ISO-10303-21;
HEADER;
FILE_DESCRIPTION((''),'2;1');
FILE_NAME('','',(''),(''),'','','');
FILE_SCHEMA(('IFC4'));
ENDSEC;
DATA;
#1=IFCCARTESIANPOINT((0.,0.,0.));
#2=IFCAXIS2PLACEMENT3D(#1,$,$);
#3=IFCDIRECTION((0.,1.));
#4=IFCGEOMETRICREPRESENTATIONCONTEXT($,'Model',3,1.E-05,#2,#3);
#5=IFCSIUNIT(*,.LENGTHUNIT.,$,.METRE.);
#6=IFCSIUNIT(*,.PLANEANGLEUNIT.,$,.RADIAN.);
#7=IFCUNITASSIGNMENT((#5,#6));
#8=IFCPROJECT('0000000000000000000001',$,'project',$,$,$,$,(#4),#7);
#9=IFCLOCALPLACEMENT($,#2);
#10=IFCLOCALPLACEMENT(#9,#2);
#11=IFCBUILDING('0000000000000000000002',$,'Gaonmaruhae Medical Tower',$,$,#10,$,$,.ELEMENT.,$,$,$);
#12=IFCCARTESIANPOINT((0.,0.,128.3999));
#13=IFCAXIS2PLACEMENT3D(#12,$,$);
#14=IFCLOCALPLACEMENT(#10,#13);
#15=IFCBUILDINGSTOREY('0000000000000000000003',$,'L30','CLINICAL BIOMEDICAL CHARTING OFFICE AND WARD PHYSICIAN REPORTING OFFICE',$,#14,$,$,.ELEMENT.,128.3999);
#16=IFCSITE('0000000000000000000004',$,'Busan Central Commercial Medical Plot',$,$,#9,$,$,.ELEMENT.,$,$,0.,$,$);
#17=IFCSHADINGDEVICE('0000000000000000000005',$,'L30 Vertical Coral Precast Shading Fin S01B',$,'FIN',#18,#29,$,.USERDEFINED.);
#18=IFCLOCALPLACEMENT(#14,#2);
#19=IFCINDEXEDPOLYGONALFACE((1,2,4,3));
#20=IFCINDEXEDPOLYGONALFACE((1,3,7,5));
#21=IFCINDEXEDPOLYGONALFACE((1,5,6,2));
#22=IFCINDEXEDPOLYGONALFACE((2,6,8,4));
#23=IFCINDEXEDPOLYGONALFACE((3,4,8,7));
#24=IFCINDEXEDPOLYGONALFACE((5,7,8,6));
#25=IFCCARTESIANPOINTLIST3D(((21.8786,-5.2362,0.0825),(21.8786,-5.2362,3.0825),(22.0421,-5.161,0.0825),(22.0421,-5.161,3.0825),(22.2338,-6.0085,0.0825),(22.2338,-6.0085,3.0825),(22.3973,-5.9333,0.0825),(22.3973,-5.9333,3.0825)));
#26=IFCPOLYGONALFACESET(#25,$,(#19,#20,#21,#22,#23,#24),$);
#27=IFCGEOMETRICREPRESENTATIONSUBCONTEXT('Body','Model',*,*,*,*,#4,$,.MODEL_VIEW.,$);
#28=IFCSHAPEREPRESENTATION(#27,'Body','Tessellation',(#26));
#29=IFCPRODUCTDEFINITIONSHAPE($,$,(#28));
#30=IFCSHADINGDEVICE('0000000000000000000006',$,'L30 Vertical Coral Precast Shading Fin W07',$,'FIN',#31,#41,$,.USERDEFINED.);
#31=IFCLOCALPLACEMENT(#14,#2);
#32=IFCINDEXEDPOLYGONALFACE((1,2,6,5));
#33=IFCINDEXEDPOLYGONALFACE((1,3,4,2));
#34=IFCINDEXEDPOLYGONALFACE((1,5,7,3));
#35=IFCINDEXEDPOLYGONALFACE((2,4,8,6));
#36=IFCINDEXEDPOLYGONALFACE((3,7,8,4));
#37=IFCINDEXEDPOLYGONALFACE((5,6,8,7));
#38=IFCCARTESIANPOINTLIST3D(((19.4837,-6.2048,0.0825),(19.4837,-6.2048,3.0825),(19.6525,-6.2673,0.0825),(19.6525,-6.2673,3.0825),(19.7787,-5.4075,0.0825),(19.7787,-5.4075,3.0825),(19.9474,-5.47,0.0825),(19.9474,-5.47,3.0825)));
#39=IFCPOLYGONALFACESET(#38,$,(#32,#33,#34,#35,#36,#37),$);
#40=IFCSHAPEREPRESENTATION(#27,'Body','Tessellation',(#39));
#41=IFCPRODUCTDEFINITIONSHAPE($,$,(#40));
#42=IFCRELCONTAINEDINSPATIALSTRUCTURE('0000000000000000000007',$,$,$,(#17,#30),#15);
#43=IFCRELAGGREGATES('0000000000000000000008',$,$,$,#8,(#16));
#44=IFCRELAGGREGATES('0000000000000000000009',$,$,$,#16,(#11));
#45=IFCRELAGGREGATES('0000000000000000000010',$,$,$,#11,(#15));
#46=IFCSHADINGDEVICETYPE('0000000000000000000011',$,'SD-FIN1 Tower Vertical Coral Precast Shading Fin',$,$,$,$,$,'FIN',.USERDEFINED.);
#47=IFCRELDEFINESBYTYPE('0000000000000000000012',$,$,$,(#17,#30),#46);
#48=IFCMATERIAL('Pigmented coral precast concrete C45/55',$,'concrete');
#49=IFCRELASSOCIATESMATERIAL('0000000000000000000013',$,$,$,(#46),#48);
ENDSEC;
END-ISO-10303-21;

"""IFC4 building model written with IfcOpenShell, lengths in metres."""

from ifc_helpers import new_model, si_unit, direction, frame, origin, origin_2d, place, context, subcontext, project, spatial, rectangle, extrude, material, type_object, element, save


model = new_model("IFC4")

# Units and contexts
model_context = context("Model", 3, precision=1e-05, world=origin(), true_north=direction((0.0, 1.0)))
body_context = subcontext(model_context, "Body", "Model", "MODEL_VIEW")
ifc_project = project(units=[si_unit("LENGTHUNIT", "METRE"), si_unit("PLANEANGLEUNIT", "RADIAN")], contexts=[model_context])

# Site, building, storey
site_placement = place(None, origin())
site = spatial("IfcSite", under=ifc_project, at=site_placement, Name="Busan Central Commercial Medical Plot", CompositionType="ELEMENT", RefElevation=0.0)
building_placement = place(site_placement, origin())
building = spatial("IfcBuilding", under=site, at=building_placement, Name="Gaonmaruhae Medical Tower", CompositionType="ELEMENT")
storey_placement = place(building_placement, frame((0.0, 0.0, 128.3999)))
storey = spatial("IfcBuildingStorey", under=building, at=storey_placement, Name="L30", Description="CLINICAL BIOMEDICAL CHARTING OFFICE AND WARD PHYSICIAN REPORTING OFFICE", CompositionType="ELEMENT", Elevation=128.3999)

# Shading devices
ifc_material_1 = material(Name="Pigmented coral precast concrete C45/55", Category="concrete")
shading_device_type = type_object("IfcShadingDeviceType", Name="SD-FIN1 Tower Vertical Coral Precast Shading Fin", ElementType="FIN", PredefinedType="USERDEFINED", material=ifc_material_1)
for number, where, z_axis, x_axis, name in (
    (1, (22.1379, -5.5847, 0.0825), (0.0, 0.0, 1.0), (-0.908508, -0.417867, 0.0), "L30 Vertical Coral Precast Shading Fin S01B"),
    (2, (19.7156, -5.8374, 0.0825), (0.0, 0.0, 1.0), (-0.937883, 0.346952, 0.0), "L30 Vertical Coral Precast Shading Fin W07"),
):
    element("IfcShadingDevice", number, at=place(storey_placement, frame(where, z_axis=z_axis, x_axis=x_axis)), inside=storey, type_object=shading_device_type, Name=name, ObjectType="FIN", PredefinedType="USERDEFINED", context=body_context, shape_type="SweptSolid", body=[
        extrude(rectangle(XDim=0.1799, YDim=0.8501, at=origin_2d()), origin(), (0.0, 0.0, 1.0), 3.0),
    ])

save(model, "model.ifc")
